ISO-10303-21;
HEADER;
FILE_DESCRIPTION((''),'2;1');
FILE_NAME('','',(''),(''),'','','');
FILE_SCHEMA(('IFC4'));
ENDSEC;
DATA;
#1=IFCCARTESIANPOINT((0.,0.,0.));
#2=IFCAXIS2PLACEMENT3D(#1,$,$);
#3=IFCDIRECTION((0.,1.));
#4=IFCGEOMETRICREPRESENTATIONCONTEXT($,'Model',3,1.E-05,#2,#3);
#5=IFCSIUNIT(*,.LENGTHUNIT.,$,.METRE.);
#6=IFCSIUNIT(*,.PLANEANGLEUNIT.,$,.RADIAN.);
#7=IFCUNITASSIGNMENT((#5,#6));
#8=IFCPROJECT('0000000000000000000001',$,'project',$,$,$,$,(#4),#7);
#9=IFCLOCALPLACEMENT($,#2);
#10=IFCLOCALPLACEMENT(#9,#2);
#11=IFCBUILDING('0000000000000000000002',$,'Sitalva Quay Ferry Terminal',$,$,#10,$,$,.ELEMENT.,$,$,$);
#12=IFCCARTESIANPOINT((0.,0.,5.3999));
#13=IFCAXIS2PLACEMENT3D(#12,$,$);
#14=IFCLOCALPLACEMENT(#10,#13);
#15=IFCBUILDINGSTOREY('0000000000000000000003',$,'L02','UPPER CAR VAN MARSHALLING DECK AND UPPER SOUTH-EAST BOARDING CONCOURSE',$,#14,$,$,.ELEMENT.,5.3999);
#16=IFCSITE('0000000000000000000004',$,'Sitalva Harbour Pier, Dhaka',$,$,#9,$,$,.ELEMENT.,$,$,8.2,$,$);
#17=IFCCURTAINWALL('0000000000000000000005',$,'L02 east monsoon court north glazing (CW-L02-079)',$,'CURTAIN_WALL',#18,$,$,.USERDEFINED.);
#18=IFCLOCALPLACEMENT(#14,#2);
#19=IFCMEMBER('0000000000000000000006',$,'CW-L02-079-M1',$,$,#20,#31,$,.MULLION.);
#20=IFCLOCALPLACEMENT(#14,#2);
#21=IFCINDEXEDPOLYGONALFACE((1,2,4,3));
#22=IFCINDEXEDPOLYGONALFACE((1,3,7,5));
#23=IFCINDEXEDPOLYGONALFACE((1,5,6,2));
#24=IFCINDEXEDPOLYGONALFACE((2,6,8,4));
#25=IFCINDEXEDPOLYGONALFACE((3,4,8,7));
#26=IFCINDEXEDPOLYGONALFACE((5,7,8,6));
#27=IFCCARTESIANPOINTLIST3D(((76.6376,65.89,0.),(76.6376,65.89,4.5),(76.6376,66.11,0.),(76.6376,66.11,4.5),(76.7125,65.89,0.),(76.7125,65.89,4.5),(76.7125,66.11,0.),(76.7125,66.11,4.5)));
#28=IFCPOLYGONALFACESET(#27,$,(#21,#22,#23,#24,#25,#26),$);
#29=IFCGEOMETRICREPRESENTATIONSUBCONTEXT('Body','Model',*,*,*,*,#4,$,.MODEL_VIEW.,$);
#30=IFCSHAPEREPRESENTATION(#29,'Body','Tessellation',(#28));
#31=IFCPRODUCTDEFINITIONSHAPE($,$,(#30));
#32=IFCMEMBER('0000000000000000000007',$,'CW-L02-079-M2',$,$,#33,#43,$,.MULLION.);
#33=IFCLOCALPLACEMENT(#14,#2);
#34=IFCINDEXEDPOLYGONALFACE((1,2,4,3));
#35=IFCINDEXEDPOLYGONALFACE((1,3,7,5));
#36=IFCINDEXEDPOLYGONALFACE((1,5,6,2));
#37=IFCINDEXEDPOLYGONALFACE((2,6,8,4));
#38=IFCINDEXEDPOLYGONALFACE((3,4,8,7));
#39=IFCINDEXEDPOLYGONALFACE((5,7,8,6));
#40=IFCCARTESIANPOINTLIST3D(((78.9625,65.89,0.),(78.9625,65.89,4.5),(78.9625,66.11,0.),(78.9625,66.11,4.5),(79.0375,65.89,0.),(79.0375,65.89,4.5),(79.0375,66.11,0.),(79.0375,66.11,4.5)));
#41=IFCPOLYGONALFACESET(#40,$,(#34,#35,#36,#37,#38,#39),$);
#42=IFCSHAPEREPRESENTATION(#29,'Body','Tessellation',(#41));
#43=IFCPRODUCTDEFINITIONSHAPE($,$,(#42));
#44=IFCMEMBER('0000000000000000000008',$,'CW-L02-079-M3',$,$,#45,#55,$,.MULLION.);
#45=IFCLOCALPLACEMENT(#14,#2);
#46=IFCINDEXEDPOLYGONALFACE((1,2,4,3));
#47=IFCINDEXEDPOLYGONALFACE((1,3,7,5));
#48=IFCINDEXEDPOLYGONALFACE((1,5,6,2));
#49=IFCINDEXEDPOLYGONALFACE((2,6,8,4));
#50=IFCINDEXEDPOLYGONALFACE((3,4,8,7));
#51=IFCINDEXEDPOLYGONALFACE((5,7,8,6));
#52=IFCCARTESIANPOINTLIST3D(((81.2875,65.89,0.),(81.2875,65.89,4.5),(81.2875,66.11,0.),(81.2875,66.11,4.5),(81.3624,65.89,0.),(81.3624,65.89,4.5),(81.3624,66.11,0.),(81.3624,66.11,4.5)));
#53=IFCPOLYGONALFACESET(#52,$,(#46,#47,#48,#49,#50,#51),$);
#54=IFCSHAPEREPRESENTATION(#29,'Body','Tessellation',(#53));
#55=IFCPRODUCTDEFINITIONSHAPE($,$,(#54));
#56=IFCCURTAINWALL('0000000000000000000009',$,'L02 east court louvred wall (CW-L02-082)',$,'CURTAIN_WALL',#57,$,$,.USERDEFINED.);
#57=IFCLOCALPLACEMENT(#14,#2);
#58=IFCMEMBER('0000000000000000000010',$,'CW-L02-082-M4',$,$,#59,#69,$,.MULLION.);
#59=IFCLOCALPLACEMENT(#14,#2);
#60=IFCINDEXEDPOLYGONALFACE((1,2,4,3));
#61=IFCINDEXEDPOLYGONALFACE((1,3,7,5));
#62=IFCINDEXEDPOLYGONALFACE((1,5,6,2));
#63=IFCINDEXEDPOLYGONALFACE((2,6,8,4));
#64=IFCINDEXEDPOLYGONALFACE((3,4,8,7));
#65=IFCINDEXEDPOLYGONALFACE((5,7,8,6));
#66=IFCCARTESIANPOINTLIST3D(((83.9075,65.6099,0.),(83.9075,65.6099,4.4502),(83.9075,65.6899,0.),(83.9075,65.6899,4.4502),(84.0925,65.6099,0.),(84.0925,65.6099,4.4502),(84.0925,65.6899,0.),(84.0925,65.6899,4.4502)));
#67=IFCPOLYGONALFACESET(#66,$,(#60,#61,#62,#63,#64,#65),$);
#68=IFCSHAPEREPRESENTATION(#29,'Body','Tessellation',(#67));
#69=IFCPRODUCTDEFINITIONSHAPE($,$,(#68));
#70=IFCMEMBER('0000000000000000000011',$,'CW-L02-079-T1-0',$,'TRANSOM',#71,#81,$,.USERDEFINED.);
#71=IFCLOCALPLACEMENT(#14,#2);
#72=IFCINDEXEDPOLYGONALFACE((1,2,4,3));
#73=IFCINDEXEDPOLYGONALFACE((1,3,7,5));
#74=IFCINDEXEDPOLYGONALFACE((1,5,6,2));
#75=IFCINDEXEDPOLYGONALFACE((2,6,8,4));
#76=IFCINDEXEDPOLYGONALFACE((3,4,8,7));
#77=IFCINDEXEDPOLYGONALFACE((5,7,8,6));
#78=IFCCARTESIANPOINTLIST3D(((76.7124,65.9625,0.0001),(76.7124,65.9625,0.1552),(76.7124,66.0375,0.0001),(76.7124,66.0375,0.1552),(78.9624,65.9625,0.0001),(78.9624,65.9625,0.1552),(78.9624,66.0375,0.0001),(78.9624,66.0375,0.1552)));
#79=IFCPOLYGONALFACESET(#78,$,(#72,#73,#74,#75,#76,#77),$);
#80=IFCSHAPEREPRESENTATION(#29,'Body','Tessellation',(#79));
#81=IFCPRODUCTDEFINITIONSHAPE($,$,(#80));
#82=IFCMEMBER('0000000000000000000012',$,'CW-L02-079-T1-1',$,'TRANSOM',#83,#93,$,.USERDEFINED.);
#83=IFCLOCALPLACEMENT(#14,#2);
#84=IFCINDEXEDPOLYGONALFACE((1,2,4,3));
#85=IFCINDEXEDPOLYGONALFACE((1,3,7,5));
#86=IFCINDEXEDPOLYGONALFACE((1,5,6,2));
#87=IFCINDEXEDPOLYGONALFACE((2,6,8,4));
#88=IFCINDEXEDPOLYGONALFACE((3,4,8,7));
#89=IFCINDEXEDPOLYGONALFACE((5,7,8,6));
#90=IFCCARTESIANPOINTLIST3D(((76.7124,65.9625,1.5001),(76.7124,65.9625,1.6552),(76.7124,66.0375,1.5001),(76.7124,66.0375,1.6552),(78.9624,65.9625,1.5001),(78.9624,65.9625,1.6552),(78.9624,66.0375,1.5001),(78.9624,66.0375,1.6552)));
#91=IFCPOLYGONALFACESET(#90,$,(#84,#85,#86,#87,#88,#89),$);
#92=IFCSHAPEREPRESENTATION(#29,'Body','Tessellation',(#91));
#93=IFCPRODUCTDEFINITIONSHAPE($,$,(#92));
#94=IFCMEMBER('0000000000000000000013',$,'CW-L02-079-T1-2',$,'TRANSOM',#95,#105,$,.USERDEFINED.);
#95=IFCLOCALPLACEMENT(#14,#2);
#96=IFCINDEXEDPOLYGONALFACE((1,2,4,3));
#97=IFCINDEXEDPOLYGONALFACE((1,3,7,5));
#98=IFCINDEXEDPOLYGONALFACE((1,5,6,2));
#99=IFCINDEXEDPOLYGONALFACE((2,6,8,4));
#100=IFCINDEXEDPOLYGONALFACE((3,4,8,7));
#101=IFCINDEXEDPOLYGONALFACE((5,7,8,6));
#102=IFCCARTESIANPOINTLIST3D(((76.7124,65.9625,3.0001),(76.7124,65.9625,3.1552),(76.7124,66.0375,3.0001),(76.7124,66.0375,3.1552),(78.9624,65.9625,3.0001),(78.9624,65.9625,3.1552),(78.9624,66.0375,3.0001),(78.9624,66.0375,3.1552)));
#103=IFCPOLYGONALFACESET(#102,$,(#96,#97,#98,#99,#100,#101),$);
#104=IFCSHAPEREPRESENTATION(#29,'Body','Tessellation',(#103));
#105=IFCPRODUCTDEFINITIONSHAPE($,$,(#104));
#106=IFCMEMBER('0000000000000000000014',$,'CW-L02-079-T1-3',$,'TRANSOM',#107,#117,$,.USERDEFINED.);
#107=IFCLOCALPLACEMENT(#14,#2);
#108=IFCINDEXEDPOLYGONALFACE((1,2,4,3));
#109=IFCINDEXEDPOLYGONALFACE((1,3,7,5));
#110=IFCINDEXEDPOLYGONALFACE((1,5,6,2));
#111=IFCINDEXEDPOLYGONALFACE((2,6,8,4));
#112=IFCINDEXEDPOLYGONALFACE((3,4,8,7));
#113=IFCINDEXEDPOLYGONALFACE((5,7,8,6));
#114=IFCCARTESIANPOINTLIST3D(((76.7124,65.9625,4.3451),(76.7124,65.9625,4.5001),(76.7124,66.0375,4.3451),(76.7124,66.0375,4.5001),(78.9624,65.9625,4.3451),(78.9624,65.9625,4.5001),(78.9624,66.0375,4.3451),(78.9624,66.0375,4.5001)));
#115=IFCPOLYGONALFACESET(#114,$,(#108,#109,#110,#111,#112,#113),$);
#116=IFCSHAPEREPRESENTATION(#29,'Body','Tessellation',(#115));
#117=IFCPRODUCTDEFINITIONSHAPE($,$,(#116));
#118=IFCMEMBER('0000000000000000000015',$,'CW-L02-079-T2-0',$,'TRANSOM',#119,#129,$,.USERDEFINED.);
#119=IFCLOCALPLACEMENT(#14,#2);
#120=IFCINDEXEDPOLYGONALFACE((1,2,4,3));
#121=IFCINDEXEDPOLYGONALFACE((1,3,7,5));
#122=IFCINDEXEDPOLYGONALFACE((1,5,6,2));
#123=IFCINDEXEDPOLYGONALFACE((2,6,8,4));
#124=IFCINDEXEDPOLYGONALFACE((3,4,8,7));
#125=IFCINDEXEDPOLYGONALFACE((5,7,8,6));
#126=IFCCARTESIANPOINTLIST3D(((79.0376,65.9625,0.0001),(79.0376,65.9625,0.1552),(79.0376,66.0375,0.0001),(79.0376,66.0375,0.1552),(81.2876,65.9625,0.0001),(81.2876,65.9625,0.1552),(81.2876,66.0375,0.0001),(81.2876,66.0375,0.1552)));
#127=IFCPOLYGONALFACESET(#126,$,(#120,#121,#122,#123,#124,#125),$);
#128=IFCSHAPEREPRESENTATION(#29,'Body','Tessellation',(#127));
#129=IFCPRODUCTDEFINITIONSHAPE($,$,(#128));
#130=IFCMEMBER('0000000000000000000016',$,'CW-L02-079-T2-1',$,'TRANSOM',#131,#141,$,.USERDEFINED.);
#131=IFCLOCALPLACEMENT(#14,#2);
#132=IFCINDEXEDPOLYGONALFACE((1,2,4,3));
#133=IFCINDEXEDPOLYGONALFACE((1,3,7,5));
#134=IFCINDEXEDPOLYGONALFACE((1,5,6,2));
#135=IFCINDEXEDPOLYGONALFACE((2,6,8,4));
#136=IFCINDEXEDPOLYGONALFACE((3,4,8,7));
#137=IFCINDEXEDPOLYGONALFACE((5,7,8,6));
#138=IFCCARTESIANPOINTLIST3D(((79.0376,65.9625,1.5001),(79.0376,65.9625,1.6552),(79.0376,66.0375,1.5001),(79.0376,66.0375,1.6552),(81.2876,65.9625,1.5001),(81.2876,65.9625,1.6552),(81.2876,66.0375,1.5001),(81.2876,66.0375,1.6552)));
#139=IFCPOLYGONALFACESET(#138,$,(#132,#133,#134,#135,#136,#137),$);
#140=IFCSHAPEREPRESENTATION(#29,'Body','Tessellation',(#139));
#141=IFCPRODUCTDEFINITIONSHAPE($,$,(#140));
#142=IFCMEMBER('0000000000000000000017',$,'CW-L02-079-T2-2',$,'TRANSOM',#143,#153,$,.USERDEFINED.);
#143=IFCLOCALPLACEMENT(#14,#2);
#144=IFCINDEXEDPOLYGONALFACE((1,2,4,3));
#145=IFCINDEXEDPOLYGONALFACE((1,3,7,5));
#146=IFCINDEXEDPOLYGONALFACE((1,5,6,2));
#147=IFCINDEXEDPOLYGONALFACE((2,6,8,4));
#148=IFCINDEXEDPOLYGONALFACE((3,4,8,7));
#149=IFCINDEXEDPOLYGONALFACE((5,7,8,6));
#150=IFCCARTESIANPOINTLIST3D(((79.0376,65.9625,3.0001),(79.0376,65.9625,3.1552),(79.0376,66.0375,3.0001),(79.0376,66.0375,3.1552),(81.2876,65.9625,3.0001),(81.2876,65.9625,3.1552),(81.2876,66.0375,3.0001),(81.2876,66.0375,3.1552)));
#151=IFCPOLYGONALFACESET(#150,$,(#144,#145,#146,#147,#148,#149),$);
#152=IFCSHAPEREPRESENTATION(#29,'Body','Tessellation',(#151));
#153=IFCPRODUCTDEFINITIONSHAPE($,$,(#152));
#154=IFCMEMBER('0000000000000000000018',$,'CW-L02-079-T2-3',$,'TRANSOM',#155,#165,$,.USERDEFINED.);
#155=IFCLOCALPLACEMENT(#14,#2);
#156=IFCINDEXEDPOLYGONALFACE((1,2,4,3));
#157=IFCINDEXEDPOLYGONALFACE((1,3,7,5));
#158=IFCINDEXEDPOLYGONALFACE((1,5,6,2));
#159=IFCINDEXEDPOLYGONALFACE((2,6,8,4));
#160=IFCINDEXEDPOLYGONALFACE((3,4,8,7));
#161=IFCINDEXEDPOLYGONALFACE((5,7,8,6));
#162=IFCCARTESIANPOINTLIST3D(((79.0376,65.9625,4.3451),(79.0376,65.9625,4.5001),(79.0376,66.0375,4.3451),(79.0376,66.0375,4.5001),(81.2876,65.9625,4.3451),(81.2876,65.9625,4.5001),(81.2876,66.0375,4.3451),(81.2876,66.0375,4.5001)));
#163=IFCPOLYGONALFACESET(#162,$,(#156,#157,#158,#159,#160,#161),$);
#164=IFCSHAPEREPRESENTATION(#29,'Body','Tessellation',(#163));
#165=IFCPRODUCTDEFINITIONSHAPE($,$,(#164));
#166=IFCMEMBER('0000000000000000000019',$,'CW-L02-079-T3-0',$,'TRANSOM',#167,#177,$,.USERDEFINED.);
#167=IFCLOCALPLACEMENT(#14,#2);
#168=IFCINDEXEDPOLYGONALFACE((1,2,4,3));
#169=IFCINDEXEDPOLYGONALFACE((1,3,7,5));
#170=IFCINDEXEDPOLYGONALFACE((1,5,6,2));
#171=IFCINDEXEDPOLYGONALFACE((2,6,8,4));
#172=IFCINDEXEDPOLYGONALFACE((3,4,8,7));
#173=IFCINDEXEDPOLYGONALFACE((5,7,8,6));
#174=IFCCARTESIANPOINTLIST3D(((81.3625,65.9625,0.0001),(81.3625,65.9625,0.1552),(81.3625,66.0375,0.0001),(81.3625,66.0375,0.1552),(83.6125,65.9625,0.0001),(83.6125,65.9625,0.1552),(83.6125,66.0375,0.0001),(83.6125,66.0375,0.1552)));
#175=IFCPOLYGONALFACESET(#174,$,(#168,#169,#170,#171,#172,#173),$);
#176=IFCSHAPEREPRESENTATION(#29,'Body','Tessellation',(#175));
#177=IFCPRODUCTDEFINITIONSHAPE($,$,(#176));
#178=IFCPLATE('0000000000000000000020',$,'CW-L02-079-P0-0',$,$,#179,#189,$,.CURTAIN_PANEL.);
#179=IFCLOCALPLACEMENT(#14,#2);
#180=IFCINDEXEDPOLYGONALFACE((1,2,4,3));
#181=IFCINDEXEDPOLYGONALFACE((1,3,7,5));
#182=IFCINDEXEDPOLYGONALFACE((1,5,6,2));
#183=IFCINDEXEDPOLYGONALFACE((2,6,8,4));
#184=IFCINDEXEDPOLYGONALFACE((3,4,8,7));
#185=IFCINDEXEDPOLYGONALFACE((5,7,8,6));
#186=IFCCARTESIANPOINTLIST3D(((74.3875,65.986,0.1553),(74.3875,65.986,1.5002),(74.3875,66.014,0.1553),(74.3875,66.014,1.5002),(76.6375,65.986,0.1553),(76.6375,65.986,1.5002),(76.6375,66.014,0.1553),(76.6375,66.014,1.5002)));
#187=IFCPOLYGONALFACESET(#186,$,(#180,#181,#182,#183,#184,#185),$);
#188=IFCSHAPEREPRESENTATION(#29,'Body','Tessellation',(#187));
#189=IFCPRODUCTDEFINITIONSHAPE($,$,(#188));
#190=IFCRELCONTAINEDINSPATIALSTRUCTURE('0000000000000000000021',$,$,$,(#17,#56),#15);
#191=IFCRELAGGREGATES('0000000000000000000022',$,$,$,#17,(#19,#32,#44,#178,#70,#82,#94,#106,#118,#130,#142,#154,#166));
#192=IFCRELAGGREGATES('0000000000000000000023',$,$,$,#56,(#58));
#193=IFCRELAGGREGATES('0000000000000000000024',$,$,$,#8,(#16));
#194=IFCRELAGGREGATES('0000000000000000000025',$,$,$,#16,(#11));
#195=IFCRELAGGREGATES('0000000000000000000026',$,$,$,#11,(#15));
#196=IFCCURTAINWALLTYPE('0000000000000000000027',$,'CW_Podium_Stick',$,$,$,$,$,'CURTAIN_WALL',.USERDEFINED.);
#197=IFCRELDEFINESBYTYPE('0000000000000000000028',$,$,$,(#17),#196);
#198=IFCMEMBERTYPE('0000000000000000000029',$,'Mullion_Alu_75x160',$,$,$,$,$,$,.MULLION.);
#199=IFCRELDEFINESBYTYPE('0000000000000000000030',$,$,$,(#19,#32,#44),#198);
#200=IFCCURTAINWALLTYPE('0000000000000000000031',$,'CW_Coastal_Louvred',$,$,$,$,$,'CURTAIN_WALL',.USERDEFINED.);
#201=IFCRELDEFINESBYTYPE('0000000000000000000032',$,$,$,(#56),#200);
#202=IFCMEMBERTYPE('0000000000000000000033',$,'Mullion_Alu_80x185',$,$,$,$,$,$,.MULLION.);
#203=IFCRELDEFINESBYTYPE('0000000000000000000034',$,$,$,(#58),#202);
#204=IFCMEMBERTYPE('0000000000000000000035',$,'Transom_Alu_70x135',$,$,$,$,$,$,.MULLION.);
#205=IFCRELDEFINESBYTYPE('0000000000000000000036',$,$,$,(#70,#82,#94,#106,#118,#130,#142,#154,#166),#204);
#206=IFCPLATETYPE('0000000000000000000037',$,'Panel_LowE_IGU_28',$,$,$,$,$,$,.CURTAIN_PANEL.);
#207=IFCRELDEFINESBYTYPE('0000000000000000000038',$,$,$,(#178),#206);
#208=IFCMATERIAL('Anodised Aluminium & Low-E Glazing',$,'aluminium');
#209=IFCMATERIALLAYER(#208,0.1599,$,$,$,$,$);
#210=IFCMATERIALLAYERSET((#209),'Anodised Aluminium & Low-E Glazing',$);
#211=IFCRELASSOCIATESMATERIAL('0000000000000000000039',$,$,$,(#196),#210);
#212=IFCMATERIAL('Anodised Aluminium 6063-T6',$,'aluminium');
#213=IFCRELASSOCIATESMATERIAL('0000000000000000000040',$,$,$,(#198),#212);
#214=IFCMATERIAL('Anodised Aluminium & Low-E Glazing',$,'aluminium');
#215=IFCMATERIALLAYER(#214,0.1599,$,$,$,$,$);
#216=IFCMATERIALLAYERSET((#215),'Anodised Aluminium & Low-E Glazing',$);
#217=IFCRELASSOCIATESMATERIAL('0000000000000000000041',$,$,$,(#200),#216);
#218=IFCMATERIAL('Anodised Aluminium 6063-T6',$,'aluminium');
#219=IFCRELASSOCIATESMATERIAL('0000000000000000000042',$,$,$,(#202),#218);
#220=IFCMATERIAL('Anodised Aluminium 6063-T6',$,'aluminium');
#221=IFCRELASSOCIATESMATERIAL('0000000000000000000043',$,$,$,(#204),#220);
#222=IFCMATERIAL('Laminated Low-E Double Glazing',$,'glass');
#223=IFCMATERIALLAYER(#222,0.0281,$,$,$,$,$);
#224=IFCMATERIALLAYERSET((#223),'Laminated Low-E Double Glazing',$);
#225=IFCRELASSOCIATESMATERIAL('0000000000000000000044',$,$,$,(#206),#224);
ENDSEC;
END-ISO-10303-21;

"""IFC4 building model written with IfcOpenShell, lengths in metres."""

from ifc_helpers import new_model, si_unit, direction, frame, origin, origin_2d, place, context, subcontext, project, spatial, rectangle, extrude, material, layer, layer_set, material_profile, profile_set, type_object, element, aggregate, save


model = new_model("IFC4")

# Units and contexts
model_context = context("Model", 3, precision=1e-05, world=origin(), true_north=direction((0.0, 1.0)))
body_context = subcontext(model_context, "Body", "Model", "MODEL_VIEW")
ifc_project = project(units=[si_unit("LENGTHUNIT", "METRE"), si_unit("PLANEANGLEUNIT", "RADIAN")], contexts=[model_context])

# Site, building, storey
site_placement = place(None, origin())
site = spatial("IfcSite", under=ifc_project, at=site_placement, Name="Sitalva Harbour Pier, Dhaka", CompositionType="ELEMENT", RefElevation=8.2)
building_placement = place(site_placement, origin())
building = spatial("IfcBuilding", under=site, at=building_placement, Name="Sitalva Quay Ferry Terminal", CompositionType="ELEMENT")
storey_placement = place(building_placement, frame((0.0, 0.0, 5.3999)))
storey = spatial("IfcBuildingStorey", under=building, at=storey_placement, Name="L02", Description="UPPER CAR VAN MARSHALLING DECK AND UPPER SOUTH-EAST BOARDING CONCOURSE", CompositionType="ELEMENT", Elevation=5.3999)

# Curtain wall, members
ifc_material_1 = material(Name="Anodised Aluminium & Low-E Glazing", Category="aluminium")
ifc_layer_1 = layer(ifc_material_1, 0.1599)
ifc_layer_set_1 = layer_set([ifc_layer_1], Name="Anodised Aluminium & Low-E Glazing")
curtain_wall_type_1 = type_object("IfcCurtainWallType", Name="CW_Podium_Stick", ElementType="CURTAIN_WALL", PredefinedType="USERDEFINED", material=ifc_layer_set_1)
curtain_wall_1_placement = place(storey_placement, origin())
curtain_wall_1 = element("IfcCurtainWall", 1, at=curtain_wall_1_placement, inside=storey, type_object=curtain_wall_type_1, Name="L02 east monsoon court north glazing (CW-L02-079)", ObjectType="CURTAIN_WALL", PredefinedType="USERDEFINED")
ifc_material_2 = material(Name="Anodised Aluminium 6063-T6", Category="aluminium")
ifc_material_profile_1 = material_profile(ifc_material_2, rectangle(XDim=0.075, YDim=0.22, at=origin_2d()), Name="ALU75x220")
ifc_profile_set_1 = profile_set([ifc_material_profile_1], Name="Anodised Aluminium 6063-T6")
member_type_1 = type_object("IfcMemberType", Name="Mullion_Alu_75x160", PredefinedType="MULLION", material=ifc_profile_set_1)
member_1_placement = place(storey_placement, frame((76.675, 66.0, 0.0), z_axis=(0.0, 0.0, 1.0), x_axis=(1.0, 0.0, 0.0)))
member_1 = element("IfcMember", 2, at=member_1_placement, type_object=member_type_1, Name="CW-L02-079-M1", PredefinedType="MULLION", context=body_context, shape_type="SweptSolid", body=[
    extrude(rectangle(XDim=0.075, YDim=0.22, at=origin_2d()), origin(), (0.0, 0.0, 1.0), 4.5),
])
member_2_placement = place(storey_placement, frame((79.0, 66.0, 0.0), z_axis=(0.0, 0.0, 1.0), x_axis=(1.0, 0.0, 0.0)))
member_2 = element("IfcMember", 3, at=member_2_placement, type_object=member_type_1, Name="CW-L02-079-M2", PredefinedType="MULLION", context=body_context, shape_type="SweptSolid", body=[
    extrude(rectangle(XDim=0.075, YDim=0.22, at=origin_2d()), origin(), (0.0, 0.0, 1.0), 4.5),
])
member_3_placement = place(storey_placement, frame((81.325, 66.0, 0.0), z_axis=(0.0, 0.0, 1.0), x_axis=(1.0, 0.0, 0.0)))
member_3 = element("IfcMember", 4, at=member_3_placement, type_object=member_type_1, Name="CW-L02-079-M3", PredefinedType="MULLION", context=body_context, shape_type="SweptSolid", body=[
    extrude(rectangle(XDim=0.075, YDim=0.22, at=origin_2d()), origin(), (0.0, 0.0, 1.0), 4.5),
])

# Curtain wall, member
ifc_material_3 = material(Name="Anodised Aluminium & Low-E Glazing", Category="aluminium")
ifc_layer_2 = layer(ifc_material_3, 0.1599)
ifc_layer_set_2 = layer_set([ifc_layer_2], Name="Anodised Aluminium & Low-E Glazing")
curtain_wall_type_2 = type_object("IfcCurtainWallType", Name="CW_Coastal_Louvred", ElementType="CURTAIN_WALL", PredefinedType="USERDEFINED", material=ifc_layer_set_2)
curtain_wall_2_placement = place(storey_placement, origin())
curtain_wall_2 = element("IfcCurtainWall", 5, at=curtain_wall_2_placement, inside=storey, type_object=curtain_wall_type_2, Name="L02 east court louvred wall (CW-L02-082)", ObjectType="CURTAIN_WALL", PredefinedType="USERDEFINED")
ifc_material_4 = material(Name="Anodised Aluminium 6063-T6", Category="aluminium")
ifc_material_profile_2 = material_profile(ifc_material_4, rectangle(XDim=0.0801, YDim=0.1851, at=origin_2d()), Name="ALU80x185")
ifc_profile_set_2 = profile_set([ifc_material_profile_2], Name="Anodised Aluminium 6063-T6")
member_type_2 = type_object("IfcMemberType", Name="Mullion_Alu_80x185", PredefinedType="MULLION", material=ifc_profile_set_2)
member_4_placement = place(storey_placement, frame((84.0, 65.6499, 0.0), z_axis=(0.0, 0.0, 1.0), x_axis=(0.0, 1.0, 0.0)))
member_4 = element("IfcMember", 6, at=member_4_placement, type_object=member_type_2, Name="CW-L02-082-M4", PredefinedType="MULLION", context=body_context, shape_type="SweptSolid", body=[
    extrude(rectangle(XDim=0.0801, YDim=0.1851, at=origin_2d()), origin(), (0.0, 0.0, 1.0), 4.4502),
])

# Members
ifc_material_5 = material(Name="Anodised Aluminium 6063-T6", Category="aluminium")
ifc_material_profile_3 = material_profile(ifc_material_5, rectangle(XDim=0.075, YDim=0.155, at=origin_2d()), Name="ALU75x155")
ifc_profile_set_3 = profile_set([ifc_material_profile_3], Name="Anodised Aluminium 6063-T6")
member_type_3 = type_object("IfcMemberType", Name="Transom_Alu_70x135", PredefinedType="MULLION", material=ifc_profile_set_3)
member_5_placement = place(storey_placement, frame((76.7124, 66.0, 0.0776), z_axis=(1.0, 0.0, 0.0), x_axis=(0.0, 1.0, 0.0)))
member_5 = element("IfcMember", 7, at=member_5_placement, type_object=member_type_3, Name="CW-L02-079-T1-0", ObjectType="TRANSOM", PredefinedType="USERDEFINED", context=body_context, shape_type="SweptSolid", body=[
    extrude(rectangle(XDim=0.075, YDim=0.155, at=origin_2d()), origin(), (0.0, 0.0, 1.0), 2.25),
])
member_6_placement = place(storey_placement, frame((76.7124, 66.0, 1.5776), z_axis=(1.0, 0.0, 0.0), x_axis=(0.0, 1.0, 0.0)))
member_6 = element("IfcMember", 8, at=member_6_placement, type_object=member_type_3, Name="CW-L02-079-T1-1", ObjectType="TRANSOM", PredefinedType="USERDEFINED", context=body_context, shape_type="SweptSolid", body=[
    extrude(rectangle(XDim=0.075, YDim=0.155, at=origin_2d()), origin(), (0.0, 0.0, 1.0), 2.25),
])
member_7_placement = place(storey_placement, frame((76.7124, 66.0, 3.0776), z_axis=(1.0, 0.0, 0.0), x_axis=(0.0, 1.0, 0.0)))
member_7 = element("IfcMember", 9, at=member_7_placement, type_object=member_type_3, Name="CW-L02-079-T1-2", ObjectType="TRANSOM", PredefinedType="USERDEFINED", context=body_context, shape_type="SweptSolid", body=[
    extrude(rectangle(XDim=0.075, YDim=0.155, at=origin_2d()), origin(), (0.0, 0.0, 1.0), 2.25),
])
member_8_placement = place(storey_placement, frame((76.7124, 66.0, 4.4226), z_axis=(1.0, 0.0, 0.0), x_axis=(0.0, 1.0, 0.0)))
member_8 = element("IfcMember", 10, at=member_8_placement, type_object=member_type_3, Name="CW-L02-079-T1-3", ObjectType="TRANSOM", PredefinedType="USERDEFINED", context=body_context, shape_type="SweptSolid", body=[
    extrude(rectangle(XDim=0.075, YDim=0.155, at=origin_2d()), origin(), (0.0, 0.0, 1.0), 2.25),
])
member_9_placement = place(storey_placement, frame((79.0376, 66.0, 0.0776), z_axis=(1.0, 0.0, 0.0), x_axis=(0.0, 1.0, 0.0)))
member_9 = element("IfcMember", 11, at=member_9_placement, type_object=member_type_3, Name="CW-L02-079-T2-0", ObjectType="TRANSOM", PredefinedType="USERDEFINED", context=body_context, shape_type="SweptSolid", body=[
    extrude(rectangle(XDim=0.075, YDim=0.155, at=origin_2d()), origin(), (0.0, 0.0, 1.0), 2.25),
])
member_10_placement = place(storey_placement, frame((79.0376, 66.0, 1.5776), z_axis=(1.0, 0.0, 0.0), x_axis=(0.0, 1.0, 0.0)))
member_10 = element("IfcMember", 12, at=member_10_placement, type_object=member_type_3, Name="CW-L02-079-T2-1", ObjectType="TRANSOM", PredefinedType="USERDEFINED", context=body_context, shape_type="SweptSolid", body=[
    extrude(rectangle(XDim=0.075, YDim=0.155, at=origin_2d()), origin(), (0.0, 0.0, 1.0), 2.25),
])
member_11_placement = place(storey_placement, frame((79.0376, 66.0, 3.0776), z_axis=(1.0, 0.0, 0.0), x_axis=(0.0, 1.0, 0.0)))
member_11 = element("IfcMember", 13, at=member_11_placement, type_object=member_type_3, Name="CW-L02-079-T2-2", ObjectType="TRANSOM", PredefinedType="USERDEFINED", context=body_context, shape_type="SweptSolid", body=[
    extrude(rectangle(XDim=0.075, YDim=0.155, at=origin_2d()), origin(), (0.0, 0.0, 1.0), 2.25),
])
member_12_placement = place(storey_placement, frame((79.0376, 66.0, 4.4226), z_axis=(1.0, 0.0, 0.0), x_axis=(0.0, 1.0, 0.0)))
member_12 = element("IfcMember", 14, at=member_12_placement, type_object=member_type_3, Name="CW-L02-079-T2-3", ObjectType="TRANSOM", PredefinedType="USERDEFINED", context=body_context, shape_type="SweptSolid", body=[
    extrude(rectangle(XDim=0.075, YDim=0.155, at=origin_2d()), origin(), (0.0, 0.0, 1.0), 2.25),
])
member_13_placement = place(storey_placement, frame((81.3625, 66.0, 0.0776), z_axis=(1.0, 0.0, 0.0), x_axis=(0.0, 1.0, 0.0)))
member_13 = element("IfcMember", 15, at=member_13_placement, type_object=member_type_3, Name="CW-L02-079-T3-0", ObjectType="TRANSOM", PredefinedType="USERDEFINED", context=body_context, shape_type="SweptSolid", body=[
    extrude(rectangle(XDim=0.075, YDim=0.155, at=origin_2d()), origin(), (0.0, 0.0, 1.0), 2.25),
])

# Plate
ifc_material_6 = material(Name="Laminated Low-E Double Glazing", Category="glass")
ifc_layer_3 = layer(ifc_material_6, 0.0281)
ifc_layer_set_3 = layer_set([ifc_layer_3], Name="Laminated Low-E Double Glazing")
plate_type_1 = type_object("IfcPlateType", Name="Panel_LowE_IGU_28", PredefinedType="CURTAIN_PANEL", material=ifc_layer_set_3)
plate_1_placement = place(storey_placement, frame((75.5125, 66.0, 0.1553), z_axis=(0.0, 0.0, 1.0), x_axis=(1.0, 0.0, 0.0)))
plate_1 = element("IfcPlate", 16, at=plate_1_placement, type_object=plate_type_1, Name="CW-L02-079-P0-0", PredefinedType="CURTAIN_PANEL", context=body_context, shape_type="SweptSolid", body=[
    extrude(rectangle(XDim=2.25, YDim=0.0281, at=origin_2d()), origin(), (0.0, 0.0, 1.0), 1.345),
])
aggregate(curtain_wall_1, [member_1, member_2, member_3, plate_1, member_5, member_6, member_7, member_8, member_9, member_10, member_11, member_12, member_13])
aggregate(curtain_wall_2, [member_4])

save(model, "model.ifc")
